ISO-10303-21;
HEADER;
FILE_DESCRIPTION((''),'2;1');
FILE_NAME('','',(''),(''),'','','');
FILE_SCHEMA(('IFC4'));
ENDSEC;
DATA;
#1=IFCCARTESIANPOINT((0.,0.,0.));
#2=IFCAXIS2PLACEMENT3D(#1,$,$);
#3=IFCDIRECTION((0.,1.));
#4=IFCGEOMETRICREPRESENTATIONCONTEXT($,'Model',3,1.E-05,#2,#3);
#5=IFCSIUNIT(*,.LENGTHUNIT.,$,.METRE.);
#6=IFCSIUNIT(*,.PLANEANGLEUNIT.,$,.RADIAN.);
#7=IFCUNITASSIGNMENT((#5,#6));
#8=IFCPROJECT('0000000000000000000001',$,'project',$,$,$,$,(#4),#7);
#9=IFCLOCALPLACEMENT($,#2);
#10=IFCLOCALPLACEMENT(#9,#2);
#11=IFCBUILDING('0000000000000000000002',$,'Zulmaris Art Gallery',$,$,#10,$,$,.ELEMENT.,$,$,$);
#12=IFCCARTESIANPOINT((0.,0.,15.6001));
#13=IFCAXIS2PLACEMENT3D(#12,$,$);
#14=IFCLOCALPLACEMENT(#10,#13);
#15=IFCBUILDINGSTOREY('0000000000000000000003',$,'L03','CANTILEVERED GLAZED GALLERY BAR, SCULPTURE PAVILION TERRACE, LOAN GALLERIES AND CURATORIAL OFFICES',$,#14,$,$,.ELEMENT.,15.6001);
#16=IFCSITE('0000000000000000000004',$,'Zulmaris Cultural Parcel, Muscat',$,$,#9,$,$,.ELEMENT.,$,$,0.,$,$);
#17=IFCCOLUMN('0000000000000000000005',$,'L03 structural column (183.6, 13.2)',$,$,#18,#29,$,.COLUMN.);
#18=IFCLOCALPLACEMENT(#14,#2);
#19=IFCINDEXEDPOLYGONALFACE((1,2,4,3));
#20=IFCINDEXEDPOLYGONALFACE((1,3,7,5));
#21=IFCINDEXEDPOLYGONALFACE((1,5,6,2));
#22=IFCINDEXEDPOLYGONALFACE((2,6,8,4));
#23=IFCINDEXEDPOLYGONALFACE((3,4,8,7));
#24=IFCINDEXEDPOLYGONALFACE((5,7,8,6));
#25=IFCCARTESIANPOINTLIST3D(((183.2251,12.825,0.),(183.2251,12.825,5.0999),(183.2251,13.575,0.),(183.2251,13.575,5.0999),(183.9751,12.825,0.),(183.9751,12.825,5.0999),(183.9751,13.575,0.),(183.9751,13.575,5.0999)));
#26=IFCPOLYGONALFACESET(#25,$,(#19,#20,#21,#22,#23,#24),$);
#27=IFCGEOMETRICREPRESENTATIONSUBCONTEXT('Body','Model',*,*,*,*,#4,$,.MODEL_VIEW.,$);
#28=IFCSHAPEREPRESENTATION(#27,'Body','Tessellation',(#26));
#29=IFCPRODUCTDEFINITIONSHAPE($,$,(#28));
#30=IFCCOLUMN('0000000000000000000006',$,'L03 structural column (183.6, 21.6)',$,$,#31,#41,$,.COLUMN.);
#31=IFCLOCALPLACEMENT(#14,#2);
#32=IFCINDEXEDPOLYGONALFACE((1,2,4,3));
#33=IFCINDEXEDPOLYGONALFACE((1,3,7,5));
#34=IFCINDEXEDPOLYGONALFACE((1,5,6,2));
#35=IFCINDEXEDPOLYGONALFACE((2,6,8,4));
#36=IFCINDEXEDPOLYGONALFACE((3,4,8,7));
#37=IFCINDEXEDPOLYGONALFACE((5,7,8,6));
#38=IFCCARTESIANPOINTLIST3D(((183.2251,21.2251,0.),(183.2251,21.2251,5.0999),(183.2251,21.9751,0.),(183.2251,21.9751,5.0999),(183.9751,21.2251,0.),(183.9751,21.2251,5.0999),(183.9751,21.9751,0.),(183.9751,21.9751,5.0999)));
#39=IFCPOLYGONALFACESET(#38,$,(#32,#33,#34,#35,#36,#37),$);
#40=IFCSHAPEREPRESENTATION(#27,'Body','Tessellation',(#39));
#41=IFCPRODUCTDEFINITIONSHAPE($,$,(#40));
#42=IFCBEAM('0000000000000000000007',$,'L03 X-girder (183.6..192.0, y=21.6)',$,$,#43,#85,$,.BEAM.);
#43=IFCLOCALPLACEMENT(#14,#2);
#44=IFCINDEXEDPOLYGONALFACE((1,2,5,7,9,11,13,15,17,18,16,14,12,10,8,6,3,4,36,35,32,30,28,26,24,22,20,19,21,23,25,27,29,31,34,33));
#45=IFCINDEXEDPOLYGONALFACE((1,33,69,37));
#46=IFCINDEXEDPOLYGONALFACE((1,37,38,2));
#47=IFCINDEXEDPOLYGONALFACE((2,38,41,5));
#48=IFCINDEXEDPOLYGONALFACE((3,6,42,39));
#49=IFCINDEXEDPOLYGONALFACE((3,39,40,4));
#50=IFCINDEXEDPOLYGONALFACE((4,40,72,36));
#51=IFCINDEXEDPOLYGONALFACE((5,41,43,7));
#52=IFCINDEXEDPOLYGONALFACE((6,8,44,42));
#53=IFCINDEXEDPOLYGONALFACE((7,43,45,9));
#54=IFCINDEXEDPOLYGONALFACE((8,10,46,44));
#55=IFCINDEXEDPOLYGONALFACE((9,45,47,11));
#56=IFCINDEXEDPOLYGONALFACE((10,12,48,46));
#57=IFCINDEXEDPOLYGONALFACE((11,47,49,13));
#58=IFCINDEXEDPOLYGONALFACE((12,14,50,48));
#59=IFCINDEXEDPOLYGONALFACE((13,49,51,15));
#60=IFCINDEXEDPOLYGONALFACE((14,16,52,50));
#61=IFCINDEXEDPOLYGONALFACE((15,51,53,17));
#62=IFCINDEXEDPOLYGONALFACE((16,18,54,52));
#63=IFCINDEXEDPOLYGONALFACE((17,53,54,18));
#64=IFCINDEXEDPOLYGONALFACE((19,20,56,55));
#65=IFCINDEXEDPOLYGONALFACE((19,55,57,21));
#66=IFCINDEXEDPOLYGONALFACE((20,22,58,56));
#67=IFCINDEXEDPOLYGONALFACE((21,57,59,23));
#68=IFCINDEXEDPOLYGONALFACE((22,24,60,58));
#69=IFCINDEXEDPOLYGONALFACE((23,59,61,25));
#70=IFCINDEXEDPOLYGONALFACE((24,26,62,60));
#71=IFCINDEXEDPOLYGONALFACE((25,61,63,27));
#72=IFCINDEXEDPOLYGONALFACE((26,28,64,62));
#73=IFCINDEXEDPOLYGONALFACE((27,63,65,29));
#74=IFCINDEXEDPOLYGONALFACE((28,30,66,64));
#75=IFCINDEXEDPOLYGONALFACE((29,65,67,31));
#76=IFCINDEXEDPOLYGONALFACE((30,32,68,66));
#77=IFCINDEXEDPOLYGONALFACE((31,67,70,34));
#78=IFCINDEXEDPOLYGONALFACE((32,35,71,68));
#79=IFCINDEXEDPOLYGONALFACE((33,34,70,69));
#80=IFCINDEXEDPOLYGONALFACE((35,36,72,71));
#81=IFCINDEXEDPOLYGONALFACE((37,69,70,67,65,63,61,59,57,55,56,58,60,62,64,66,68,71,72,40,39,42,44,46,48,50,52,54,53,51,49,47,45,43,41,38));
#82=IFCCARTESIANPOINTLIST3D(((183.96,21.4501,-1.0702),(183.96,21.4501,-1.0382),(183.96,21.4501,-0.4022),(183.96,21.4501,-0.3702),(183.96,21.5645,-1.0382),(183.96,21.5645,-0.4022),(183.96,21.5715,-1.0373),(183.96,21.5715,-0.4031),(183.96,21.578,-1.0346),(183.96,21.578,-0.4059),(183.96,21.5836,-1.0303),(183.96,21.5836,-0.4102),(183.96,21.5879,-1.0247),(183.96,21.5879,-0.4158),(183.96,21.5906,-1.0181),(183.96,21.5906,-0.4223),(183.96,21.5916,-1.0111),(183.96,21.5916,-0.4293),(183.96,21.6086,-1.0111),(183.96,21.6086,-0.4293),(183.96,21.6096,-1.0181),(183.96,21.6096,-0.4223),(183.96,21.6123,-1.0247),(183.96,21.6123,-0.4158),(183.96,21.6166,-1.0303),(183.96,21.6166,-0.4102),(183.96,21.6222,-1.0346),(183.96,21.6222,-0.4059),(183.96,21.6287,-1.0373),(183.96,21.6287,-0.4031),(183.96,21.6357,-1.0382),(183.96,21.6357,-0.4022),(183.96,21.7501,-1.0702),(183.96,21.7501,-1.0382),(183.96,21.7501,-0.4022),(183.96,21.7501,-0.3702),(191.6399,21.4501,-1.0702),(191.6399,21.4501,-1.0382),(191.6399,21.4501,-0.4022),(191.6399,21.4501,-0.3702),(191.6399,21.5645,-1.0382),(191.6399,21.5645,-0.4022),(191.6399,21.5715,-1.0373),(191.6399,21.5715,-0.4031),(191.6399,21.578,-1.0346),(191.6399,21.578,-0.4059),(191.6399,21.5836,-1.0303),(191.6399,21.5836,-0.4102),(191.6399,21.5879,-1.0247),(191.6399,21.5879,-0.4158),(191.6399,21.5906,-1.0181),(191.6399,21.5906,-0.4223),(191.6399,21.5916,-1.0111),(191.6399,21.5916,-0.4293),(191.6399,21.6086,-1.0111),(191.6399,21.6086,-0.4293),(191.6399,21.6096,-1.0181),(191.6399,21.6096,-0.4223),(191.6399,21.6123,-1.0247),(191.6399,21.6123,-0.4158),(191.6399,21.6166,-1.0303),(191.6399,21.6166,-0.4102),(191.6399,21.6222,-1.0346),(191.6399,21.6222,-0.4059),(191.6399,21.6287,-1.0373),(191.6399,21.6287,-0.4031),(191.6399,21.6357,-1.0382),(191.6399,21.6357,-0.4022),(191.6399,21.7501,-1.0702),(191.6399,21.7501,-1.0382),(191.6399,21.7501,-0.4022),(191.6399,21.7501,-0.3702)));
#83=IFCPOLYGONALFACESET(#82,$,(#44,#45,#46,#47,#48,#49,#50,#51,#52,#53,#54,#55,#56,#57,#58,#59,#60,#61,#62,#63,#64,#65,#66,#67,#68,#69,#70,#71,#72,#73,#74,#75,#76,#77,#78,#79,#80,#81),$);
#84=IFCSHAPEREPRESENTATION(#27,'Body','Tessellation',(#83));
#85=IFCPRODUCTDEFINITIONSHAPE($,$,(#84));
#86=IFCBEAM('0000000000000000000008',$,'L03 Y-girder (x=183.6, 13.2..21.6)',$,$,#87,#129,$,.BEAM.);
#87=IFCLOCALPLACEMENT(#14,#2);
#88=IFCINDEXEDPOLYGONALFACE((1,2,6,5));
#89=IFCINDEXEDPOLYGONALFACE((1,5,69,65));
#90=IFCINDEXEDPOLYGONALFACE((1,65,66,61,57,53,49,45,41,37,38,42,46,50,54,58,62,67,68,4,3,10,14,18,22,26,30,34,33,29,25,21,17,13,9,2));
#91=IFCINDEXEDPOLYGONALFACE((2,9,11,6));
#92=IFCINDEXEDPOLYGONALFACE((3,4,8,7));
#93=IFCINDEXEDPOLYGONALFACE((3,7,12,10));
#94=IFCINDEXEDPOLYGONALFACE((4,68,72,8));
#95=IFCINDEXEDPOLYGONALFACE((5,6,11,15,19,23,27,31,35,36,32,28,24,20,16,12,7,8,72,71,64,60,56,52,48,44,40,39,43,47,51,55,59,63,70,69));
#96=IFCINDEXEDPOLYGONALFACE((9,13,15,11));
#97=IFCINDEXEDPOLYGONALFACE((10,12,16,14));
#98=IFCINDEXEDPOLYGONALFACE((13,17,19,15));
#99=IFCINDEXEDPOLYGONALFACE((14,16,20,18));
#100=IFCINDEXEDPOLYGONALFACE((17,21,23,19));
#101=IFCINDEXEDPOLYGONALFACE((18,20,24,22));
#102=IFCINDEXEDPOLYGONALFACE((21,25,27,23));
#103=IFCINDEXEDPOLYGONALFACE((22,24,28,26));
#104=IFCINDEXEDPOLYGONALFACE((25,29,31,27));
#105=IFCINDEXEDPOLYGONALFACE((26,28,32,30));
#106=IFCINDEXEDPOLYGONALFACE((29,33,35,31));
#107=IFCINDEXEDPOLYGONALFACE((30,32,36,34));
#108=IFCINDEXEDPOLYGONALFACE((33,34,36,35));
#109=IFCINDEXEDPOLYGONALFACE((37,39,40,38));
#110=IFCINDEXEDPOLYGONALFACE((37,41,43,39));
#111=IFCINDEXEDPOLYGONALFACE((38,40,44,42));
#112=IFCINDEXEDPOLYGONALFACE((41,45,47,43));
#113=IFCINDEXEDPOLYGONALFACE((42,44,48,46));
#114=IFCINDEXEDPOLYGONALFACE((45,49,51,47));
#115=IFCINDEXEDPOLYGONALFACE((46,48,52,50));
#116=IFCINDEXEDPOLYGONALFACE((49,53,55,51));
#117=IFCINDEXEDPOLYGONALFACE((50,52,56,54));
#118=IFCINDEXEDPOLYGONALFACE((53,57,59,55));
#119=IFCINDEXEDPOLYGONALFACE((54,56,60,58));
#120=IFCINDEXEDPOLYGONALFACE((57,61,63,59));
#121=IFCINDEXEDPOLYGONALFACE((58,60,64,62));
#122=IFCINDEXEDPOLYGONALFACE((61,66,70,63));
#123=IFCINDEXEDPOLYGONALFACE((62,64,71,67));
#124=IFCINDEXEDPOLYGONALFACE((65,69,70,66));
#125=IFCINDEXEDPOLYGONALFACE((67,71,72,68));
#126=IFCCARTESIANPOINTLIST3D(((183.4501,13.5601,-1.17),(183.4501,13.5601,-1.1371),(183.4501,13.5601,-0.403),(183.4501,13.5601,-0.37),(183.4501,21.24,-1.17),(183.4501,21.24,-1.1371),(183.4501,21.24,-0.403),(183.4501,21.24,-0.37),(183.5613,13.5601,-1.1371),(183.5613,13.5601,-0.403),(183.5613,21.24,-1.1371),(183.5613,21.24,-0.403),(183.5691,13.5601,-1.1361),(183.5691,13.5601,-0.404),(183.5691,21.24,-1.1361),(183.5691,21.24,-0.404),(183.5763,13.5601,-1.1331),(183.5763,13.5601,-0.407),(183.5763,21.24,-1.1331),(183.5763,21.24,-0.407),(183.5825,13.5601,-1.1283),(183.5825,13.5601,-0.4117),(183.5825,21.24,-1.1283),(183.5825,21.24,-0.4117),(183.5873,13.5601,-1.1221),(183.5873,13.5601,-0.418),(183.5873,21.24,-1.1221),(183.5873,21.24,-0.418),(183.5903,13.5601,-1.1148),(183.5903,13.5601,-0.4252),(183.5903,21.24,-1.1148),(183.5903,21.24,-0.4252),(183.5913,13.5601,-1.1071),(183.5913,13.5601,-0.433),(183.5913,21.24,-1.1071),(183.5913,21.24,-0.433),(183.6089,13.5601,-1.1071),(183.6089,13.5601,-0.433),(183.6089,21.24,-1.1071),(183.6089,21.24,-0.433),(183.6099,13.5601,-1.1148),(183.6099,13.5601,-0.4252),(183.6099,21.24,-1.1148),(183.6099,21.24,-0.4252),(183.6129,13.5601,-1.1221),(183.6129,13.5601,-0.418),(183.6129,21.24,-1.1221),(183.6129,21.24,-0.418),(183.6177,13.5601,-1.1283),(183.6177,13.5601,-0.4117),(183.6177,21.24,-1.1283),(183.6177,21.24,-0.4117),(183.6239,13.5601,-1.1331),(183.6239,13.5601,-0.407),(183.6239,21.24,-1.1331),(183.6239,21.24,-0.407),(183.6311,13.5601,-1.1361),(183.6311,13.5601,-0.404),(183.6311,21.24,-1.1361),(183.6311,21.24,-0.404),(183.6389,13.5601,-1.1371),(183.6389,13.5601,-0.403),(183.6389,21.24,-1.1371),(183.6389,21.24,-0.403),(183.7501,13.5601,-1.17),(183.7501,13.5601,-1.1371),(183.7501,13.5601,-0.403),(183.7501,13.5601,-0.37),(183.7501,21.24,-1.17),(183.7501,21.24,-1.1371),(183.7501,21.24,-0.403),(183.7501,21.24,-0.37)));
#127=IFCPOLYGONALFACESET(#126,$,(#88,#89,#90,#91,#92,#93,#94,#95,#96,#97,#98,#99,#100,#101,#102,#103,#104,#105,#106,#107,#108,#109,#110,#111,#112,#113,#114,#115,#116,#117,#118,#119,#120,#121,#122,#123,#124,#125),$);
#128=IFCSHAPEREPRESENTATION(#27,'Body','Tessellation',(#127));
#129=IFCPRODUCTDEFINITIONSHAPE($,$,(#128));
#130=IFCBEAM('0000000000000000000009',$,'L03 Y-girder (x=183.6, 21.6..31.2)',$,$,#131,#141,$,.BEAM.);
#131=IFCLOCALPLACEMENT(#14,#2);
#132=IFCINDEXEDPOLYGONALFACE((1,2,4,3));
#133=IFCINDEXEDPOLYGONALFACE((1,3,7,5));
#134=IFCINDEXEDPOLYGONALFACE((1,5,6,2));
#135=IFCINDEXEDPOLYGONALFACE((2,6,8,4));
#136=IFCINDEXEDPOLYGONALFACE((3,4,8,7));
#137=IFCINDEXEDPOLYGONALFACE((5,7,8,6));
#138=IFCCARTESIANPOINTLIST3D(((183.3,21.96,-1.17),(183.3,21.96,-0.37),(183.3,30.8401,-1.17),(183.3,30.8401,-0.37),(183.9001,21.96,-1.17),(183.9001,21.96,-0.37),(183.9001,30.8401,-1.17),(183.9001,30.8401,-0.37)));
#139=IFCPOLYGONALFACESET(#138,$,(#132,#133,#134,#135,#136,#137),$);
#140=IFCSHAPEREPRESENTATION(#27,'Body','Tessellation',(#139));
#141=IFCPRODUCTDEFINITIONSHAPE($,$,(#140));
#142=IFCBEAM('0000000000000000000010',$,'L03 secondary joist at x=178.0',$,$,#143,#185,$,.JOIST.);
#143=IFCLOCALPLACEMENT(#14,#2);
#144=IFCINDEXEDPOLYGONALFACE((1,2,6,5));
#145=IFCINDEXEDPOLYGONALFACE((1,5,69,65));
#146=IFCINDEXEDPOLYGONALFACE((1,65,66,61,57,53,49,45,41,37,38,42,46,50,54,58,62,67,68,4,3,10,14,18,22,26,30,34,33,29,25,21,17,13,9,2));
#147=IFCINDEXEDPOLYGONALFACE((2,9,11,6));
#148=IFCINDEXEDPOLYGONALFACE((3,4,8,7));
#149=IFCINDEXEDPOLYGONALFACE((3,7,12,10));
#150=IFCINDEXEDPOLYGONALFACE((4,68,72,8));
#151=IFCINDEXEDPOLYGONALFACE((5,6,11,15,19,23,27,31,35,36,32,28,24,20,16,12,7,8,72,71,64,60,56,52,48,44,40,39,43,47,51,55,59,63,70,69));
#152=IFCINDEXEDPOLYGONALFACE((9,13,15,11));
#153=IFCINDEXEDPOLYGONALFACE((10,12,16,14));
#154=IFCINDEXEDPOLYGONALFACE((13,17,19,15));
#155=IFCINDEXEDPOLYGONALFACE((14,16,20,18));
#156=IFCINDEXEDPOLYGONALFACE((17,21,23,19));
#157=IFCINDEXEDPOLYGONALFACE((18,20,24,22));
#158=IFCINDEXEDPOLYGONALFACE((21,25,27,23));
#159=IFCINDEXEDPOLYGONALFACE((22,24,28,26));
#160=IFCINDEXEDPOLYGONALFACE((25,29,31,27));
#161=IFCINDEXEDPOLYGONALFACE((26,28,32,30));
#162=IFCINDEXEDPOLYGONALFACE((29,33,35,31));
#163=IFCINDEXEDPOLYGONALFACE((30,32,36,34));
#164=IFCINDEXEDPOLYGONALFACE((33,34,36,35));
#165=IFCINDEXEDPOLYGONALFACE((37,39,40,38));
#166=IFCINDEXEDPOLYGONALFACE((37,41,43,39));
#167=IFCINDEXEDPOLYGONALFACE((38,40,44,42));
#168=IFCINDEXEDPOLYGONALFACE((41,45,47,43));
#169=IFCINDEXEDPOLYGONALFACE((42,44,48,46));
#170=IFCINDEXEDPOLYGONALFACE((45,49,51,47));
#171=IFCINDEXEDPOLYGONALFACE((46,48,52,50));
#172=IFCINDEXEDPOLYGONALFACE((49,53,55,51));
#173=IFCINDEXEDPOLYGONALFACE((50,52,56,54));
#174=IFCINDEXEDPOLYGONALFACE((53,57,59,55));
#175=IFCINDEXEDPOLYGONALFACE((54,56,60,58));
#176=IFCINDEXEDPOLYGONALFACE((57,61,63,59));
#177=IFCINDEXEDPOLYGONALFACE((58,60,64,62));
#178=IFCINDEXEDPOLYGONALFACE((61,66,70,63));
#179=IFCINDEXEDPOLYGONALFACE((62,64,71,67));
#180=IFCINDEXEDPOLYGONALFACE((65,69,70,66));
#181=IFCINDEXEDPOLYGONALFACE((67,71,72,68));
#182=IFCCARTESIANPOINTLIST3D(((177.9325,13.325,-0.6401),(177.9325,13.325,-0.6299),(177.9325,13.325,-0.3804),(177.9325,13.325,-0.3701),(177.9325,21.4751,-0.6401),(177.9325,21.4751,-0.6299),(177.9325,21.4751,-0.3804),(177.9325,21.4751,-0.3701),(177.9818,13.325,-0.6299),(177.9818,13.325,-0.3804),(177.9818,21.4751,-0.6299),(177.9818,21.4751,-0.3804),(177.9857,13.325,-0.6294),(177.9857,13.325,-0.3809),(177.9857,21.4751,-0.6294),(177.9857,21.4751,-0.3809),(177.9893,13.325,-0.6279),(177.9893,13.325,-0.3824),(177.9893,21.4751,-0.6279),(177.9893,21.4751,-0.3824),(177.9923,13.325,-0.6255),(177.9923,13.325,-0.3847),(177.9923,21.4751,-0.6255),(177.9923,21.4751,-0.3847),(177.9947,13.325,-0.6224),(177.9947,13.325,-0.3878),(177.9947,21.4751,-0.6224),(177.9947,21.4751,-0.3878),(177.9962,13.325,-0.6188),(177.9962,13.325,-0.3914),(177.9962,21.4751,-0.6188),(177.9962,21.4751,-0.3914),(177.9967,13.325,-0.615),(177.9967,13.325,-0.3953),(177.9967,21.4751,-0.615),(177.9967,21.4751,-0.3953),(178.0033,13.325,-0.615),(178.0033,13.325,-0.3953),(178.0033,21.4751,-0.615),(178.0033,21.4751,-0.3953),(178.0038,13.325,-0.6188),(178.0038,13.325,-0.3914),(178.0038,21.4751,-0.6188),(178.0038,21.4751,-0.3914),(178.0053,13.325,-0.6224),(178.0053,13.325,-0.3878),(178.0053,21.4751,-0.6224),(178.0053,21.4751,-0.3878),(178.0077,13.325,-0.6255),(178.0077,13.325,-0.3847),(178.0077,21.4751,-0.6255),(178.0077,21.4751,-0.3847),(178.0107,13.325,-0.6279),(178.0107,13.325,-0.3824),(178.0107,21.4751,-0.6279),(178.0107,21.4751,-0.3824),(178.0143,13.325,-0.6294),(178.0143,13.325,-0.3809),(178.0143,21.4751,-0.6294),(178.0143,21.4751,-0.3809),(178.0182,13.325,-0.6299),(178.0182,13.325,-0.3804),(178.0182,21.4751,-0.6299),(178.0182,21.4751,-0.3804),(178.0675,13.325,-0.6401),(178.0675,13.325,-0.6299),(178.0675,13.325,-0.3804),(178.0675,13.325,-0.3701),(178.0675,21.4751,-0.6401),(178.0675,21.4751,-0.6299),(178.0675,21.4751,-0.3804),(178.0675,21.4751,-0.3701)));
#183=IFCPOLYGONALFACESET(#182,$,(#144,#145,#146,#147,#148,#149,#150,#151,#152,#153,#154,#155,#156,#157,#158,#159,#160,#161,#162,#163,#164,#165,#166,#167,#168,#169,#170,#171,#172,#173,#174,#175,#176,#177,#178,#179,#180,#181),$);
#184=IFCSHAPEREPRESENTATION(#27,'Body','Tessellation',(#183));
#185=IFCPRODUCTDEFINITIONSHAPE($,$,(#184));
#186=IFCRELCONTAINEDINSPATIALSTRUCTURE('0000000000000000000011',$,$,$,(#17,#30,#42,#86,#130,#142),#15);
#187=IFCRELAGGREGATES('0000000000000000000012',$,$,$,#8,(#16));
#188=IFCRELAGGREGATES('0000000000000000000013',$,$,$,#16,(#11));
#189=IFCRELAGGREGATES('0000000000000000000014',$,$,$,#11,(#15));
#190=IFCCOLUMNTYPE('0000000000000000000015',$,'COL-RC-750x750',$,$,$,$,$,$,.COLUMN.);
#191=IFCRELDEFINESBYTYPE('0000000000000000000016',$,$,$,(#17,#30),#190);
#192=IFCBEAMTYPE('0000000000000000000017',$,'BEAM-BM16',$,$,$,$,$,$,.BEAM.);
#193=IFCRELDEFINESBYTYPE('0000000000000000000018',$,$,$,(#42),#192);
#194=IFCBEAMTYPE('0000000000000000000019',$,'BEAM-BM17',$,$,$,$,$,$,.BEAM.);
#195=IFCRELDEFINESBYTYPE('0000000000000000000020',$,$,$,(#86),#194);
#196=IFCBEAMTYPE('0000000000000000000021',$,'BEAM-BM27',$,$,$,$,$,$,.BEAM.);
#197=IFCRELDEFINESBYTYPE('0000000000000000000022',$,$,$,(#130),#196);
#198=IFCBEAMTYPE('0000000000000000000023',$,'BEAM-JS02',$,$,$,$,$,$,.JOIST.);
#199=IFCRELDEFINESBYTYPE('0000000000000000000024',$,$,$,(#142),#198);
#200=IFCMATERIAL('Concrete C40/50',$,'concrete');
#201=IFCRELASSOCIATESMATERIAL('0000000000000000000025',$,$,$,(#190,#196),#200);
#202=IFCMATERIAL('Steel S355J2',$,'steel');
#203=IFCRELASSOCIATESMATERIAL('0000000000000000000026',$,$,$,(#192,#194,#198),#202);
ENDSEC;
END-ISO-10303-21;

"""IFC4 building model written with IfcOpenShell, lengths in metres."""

from ifc_helpers import new_model, si_unit, direction, frame, origin, origin_2d, place, context, subcontext, project, spatial, rectangle, i_section, extrude, material, material_profile, profile_set, type_object, element, save


model = new_model("IFC4")

# Units and contexts
model_context = context("Model", 3, precision=1e-05, world=origin(), true_north=direction((0.0, 1.0)))
body_context = subcontext(model_context, "Body", "Model", "MODEL_VIEW")
ifc_project = project(units=[si_unit("LENGTHUNIT", "METRE"), si_unit("PLANEANGLEUNIT", "RADIAN")], contexts=[model_context])

# Site, building, storey
site_placement = place(None, origin())
site = spatial("IfcSite", under=ifc_project, at=site_placement, Name="Zulmaris Cultural Parcel, Muscat", CompositionType="ELEMENT", RefElevation=0.0)
building_placement = place(site_placement, origin())
building = spatial("IfcBuilding", under=site, at=building_placement, Name="Zulmaris Art Gallery", CompositionType="ELEMENT")
storey_placement = place(building_placement, frame((0.0, 0.0, 15.6001)))
storey = spatial("IfcBuildingStorey", under=building, at=storey_placement, Name="L03", Description="CANTILEVERED GLAZED GALLERY BAR, SCULPTURE PAVILION TERRACE, LOAN GALLERIES AND CURATORIAL OFFICES", CompositionType="ELEMENT", Elevation=15.6001)

# Columns
ifc_material_1 = material(Name="Concrete C40/50", Category="concrete")
ifc_material_profile_1 = material_profile(ifc_material_1, rectangle(XDim=0.75, YDim=0.75, at=origin_2d()), Name="RC 750x750")
ifc_profile_set_1 = profile_set([ifc_material_profile_1], Name="Concrete C40/50")
column_type = type_object("IfcColumnType", Name="COL-RC-750x750", PredefinedType="COLUMN", material=ifc_profile_set_1)
for number, where, z_axis, x_axis, name in (
    (1, (183.6001, 13.2, 0.0), (0.0, 0.0, 1.0), (1.0, 0.0, 0.0), "L03 structural column (183.6, 13.2)"),
    (2, (183.6001, 21.6001, 0.0), (0.0, 0.0, 1.0), (1.0, 0.0, 0.0), "L03 structural column (183.6, 21.6)"),
):
    element("IfcColumn", number, at=place(storey_placement, frame(where, z_axis=z_axis, x_axis=x_axis)), inside=storey, type_object=column_type, Name=name, PredefinedType="COLUMN", context=body_context, shape_type="SweptSolid", body=[
        extrude(rectangle(XDim=0.75, YDim=0.75, at=origin_2d()), origin(), (0.0, 0.0, 1.0), 5.0999),
    ])

# Beams
ifc_material_2 = material(Name="Steel S355J2", Category="steel")
ifc_material_profile_2 = material_profile(ifc_material_2, i_section(OverallWidth=0.3, OverallDepth=0.7, WebThickness=0.0171, FlangeThickness=0.032, FilletRadius=0.0271, at=origin_2d()), Name="HEB 700")
ifc_profile_set_2 = profile_set([ifc_material_profile_2], Name="Steel S355J2")
beam_type_1 = type_object("IfcBeamType", Name="BEAM-BM16", PredefinedType="BEAM", material=ifc_profile_set_2)
beam_1_placement = place(storey_placement, frame((183.96, 21.6001, -0.7202), z_axis=(1.0, 0.0, 0.0), x_axis=(0.0, 1.0, 0.0)))
element("IfcBeam", 3, at=beam_1_placement, inside=storey, type_object=beam_type_1, Name="L03 X-girder (183.6..192.0, y=21.6)", PredefinedType="BEAM", context=body_context, shape_type="SweptSolid", body=[
    extrude(i_section(OverallWidth=0.3, OverallDepth=0.7, WebThickness=0.0171, FlangeThickness=0.032, FilletRadius=0.0271, at=origin_2d()), origin(), (0.0, 0.0, 1.0), 7.6799),
])
ifc_material_profile_3 = material_profile(ifc_material_2, i_section(OverallWidth=0.3, OverallDepth=0.8, WebThickness=0.0176, FlangeThickness=0.033, FilletRadius=0.03, at=origin_2d()), Name="HEB 800")
ifc_profile_set_3 = profile_set([ifc_material_profile_3], Name="Steel S355J2")
beam_type_2 = type_object("IfcBeamType", Name="BEAM-BM17", PredefinedType="BEAM", material=ifc_profile_set_3)
beam_2_placement = place(storey_placement, frame((183.6001, 13.5601, -0.77), z_axis=(0.0, 1.0, 0.0), x_axis=(-1.0, 0.0, 0.0)))
element("IfcBeam", 4, at=beam_2_placement, inside=storey, type_object=beam_type_2, Name="L03 Y-girder (x=183.6, 13.2..21.6)", PredefinedType="BEAM", context=body_context, shape_type="SweptSolid", body=[
    extrude(i_section(OverallWidth=0.3, OverallDepth=0.8, WebThickness=0.0176, FlangeThickness=0.033, FilletRadius=0.03, at=origin_2d()), origin(), (0.0, 0.0, 1.0), 7.6799),
])
ifc_material_profile_4 = material_profile(ifc_material_1, rectangle(XDim=0.6001, YDim=0.8, at=origin_2d()), Name="RC 600x800")
ifc_profile_set_4 = profile_set([ifc_material_profile_4], Name="Concrete C40/50")
beam_type_3 = type_object("IfcBeamType", Name="BEAM-BM27", PredefinedType="BEAM", material=ifc_profile_set_4)
beam_3_placement = place(storey_placement, frame((183.6001, 21.96, -0.77), z_axis=(0.0, 1.0, 0.0), x_axis=(-1.0, 0.0, 0.0)))
element("IfcBeam", 5, at=beam_3_placement, inside=storey, type_object=beam_type_3, Name="L03 Y-girder (x=183.6, 21.6..31.2)", PredefinedType="BEAM", context=body_context, shape_type="SweptSolid", body=[
    extrude(rectangle(XDim=0.6001, YDim=0.8, at=origin_2d()), origin(), (0.0, 0.0, 1.0), 8.8801),
])
ifc_material_profile_5 = material_profile(ifc_material_2, i_section(OverallWidth=0.135, OverallDepth=0.27, WebThickness=0.0066, FlangeThickness=0.0103, FilletRadius=0.0149, at=origin_2d()), Name="IPE 270")
ifc_profile_set_5 = profile_set([ifc_material_profile_5], Name="Steel S355J2")
beam_type_4 = type_object("IfcBeamType", Name="BEAM-JS02", PredefinedType="JOIST", material=ifc_profile_set_5)
beam_4_placement = place(storey_placement, frame((178.0, 13.325, -0.5051), z_axis=(0.0, 1.0, 0.0), x_axis=(-1.0, 0.0, 0.0)))
element("IfcBeam", 6, at=beam_4_placement, inside=storey, type_object=beam_type_4, Name="L03 secondary joist at x=178.0", PredefinedType="JOIST", context=body_context, shape_type="SweptSolid", body=[
    extrude(i_section(OverallWidth=0.135, OverallDepth=0.27, WebThickness=0.0066, FlangeThickness=0.0103, FilletRadius=0.0149, at=origin_2d()), origin(), (0.0, 0.0, 1.0), 8.1501),
])

save(model, "model.ifc")
